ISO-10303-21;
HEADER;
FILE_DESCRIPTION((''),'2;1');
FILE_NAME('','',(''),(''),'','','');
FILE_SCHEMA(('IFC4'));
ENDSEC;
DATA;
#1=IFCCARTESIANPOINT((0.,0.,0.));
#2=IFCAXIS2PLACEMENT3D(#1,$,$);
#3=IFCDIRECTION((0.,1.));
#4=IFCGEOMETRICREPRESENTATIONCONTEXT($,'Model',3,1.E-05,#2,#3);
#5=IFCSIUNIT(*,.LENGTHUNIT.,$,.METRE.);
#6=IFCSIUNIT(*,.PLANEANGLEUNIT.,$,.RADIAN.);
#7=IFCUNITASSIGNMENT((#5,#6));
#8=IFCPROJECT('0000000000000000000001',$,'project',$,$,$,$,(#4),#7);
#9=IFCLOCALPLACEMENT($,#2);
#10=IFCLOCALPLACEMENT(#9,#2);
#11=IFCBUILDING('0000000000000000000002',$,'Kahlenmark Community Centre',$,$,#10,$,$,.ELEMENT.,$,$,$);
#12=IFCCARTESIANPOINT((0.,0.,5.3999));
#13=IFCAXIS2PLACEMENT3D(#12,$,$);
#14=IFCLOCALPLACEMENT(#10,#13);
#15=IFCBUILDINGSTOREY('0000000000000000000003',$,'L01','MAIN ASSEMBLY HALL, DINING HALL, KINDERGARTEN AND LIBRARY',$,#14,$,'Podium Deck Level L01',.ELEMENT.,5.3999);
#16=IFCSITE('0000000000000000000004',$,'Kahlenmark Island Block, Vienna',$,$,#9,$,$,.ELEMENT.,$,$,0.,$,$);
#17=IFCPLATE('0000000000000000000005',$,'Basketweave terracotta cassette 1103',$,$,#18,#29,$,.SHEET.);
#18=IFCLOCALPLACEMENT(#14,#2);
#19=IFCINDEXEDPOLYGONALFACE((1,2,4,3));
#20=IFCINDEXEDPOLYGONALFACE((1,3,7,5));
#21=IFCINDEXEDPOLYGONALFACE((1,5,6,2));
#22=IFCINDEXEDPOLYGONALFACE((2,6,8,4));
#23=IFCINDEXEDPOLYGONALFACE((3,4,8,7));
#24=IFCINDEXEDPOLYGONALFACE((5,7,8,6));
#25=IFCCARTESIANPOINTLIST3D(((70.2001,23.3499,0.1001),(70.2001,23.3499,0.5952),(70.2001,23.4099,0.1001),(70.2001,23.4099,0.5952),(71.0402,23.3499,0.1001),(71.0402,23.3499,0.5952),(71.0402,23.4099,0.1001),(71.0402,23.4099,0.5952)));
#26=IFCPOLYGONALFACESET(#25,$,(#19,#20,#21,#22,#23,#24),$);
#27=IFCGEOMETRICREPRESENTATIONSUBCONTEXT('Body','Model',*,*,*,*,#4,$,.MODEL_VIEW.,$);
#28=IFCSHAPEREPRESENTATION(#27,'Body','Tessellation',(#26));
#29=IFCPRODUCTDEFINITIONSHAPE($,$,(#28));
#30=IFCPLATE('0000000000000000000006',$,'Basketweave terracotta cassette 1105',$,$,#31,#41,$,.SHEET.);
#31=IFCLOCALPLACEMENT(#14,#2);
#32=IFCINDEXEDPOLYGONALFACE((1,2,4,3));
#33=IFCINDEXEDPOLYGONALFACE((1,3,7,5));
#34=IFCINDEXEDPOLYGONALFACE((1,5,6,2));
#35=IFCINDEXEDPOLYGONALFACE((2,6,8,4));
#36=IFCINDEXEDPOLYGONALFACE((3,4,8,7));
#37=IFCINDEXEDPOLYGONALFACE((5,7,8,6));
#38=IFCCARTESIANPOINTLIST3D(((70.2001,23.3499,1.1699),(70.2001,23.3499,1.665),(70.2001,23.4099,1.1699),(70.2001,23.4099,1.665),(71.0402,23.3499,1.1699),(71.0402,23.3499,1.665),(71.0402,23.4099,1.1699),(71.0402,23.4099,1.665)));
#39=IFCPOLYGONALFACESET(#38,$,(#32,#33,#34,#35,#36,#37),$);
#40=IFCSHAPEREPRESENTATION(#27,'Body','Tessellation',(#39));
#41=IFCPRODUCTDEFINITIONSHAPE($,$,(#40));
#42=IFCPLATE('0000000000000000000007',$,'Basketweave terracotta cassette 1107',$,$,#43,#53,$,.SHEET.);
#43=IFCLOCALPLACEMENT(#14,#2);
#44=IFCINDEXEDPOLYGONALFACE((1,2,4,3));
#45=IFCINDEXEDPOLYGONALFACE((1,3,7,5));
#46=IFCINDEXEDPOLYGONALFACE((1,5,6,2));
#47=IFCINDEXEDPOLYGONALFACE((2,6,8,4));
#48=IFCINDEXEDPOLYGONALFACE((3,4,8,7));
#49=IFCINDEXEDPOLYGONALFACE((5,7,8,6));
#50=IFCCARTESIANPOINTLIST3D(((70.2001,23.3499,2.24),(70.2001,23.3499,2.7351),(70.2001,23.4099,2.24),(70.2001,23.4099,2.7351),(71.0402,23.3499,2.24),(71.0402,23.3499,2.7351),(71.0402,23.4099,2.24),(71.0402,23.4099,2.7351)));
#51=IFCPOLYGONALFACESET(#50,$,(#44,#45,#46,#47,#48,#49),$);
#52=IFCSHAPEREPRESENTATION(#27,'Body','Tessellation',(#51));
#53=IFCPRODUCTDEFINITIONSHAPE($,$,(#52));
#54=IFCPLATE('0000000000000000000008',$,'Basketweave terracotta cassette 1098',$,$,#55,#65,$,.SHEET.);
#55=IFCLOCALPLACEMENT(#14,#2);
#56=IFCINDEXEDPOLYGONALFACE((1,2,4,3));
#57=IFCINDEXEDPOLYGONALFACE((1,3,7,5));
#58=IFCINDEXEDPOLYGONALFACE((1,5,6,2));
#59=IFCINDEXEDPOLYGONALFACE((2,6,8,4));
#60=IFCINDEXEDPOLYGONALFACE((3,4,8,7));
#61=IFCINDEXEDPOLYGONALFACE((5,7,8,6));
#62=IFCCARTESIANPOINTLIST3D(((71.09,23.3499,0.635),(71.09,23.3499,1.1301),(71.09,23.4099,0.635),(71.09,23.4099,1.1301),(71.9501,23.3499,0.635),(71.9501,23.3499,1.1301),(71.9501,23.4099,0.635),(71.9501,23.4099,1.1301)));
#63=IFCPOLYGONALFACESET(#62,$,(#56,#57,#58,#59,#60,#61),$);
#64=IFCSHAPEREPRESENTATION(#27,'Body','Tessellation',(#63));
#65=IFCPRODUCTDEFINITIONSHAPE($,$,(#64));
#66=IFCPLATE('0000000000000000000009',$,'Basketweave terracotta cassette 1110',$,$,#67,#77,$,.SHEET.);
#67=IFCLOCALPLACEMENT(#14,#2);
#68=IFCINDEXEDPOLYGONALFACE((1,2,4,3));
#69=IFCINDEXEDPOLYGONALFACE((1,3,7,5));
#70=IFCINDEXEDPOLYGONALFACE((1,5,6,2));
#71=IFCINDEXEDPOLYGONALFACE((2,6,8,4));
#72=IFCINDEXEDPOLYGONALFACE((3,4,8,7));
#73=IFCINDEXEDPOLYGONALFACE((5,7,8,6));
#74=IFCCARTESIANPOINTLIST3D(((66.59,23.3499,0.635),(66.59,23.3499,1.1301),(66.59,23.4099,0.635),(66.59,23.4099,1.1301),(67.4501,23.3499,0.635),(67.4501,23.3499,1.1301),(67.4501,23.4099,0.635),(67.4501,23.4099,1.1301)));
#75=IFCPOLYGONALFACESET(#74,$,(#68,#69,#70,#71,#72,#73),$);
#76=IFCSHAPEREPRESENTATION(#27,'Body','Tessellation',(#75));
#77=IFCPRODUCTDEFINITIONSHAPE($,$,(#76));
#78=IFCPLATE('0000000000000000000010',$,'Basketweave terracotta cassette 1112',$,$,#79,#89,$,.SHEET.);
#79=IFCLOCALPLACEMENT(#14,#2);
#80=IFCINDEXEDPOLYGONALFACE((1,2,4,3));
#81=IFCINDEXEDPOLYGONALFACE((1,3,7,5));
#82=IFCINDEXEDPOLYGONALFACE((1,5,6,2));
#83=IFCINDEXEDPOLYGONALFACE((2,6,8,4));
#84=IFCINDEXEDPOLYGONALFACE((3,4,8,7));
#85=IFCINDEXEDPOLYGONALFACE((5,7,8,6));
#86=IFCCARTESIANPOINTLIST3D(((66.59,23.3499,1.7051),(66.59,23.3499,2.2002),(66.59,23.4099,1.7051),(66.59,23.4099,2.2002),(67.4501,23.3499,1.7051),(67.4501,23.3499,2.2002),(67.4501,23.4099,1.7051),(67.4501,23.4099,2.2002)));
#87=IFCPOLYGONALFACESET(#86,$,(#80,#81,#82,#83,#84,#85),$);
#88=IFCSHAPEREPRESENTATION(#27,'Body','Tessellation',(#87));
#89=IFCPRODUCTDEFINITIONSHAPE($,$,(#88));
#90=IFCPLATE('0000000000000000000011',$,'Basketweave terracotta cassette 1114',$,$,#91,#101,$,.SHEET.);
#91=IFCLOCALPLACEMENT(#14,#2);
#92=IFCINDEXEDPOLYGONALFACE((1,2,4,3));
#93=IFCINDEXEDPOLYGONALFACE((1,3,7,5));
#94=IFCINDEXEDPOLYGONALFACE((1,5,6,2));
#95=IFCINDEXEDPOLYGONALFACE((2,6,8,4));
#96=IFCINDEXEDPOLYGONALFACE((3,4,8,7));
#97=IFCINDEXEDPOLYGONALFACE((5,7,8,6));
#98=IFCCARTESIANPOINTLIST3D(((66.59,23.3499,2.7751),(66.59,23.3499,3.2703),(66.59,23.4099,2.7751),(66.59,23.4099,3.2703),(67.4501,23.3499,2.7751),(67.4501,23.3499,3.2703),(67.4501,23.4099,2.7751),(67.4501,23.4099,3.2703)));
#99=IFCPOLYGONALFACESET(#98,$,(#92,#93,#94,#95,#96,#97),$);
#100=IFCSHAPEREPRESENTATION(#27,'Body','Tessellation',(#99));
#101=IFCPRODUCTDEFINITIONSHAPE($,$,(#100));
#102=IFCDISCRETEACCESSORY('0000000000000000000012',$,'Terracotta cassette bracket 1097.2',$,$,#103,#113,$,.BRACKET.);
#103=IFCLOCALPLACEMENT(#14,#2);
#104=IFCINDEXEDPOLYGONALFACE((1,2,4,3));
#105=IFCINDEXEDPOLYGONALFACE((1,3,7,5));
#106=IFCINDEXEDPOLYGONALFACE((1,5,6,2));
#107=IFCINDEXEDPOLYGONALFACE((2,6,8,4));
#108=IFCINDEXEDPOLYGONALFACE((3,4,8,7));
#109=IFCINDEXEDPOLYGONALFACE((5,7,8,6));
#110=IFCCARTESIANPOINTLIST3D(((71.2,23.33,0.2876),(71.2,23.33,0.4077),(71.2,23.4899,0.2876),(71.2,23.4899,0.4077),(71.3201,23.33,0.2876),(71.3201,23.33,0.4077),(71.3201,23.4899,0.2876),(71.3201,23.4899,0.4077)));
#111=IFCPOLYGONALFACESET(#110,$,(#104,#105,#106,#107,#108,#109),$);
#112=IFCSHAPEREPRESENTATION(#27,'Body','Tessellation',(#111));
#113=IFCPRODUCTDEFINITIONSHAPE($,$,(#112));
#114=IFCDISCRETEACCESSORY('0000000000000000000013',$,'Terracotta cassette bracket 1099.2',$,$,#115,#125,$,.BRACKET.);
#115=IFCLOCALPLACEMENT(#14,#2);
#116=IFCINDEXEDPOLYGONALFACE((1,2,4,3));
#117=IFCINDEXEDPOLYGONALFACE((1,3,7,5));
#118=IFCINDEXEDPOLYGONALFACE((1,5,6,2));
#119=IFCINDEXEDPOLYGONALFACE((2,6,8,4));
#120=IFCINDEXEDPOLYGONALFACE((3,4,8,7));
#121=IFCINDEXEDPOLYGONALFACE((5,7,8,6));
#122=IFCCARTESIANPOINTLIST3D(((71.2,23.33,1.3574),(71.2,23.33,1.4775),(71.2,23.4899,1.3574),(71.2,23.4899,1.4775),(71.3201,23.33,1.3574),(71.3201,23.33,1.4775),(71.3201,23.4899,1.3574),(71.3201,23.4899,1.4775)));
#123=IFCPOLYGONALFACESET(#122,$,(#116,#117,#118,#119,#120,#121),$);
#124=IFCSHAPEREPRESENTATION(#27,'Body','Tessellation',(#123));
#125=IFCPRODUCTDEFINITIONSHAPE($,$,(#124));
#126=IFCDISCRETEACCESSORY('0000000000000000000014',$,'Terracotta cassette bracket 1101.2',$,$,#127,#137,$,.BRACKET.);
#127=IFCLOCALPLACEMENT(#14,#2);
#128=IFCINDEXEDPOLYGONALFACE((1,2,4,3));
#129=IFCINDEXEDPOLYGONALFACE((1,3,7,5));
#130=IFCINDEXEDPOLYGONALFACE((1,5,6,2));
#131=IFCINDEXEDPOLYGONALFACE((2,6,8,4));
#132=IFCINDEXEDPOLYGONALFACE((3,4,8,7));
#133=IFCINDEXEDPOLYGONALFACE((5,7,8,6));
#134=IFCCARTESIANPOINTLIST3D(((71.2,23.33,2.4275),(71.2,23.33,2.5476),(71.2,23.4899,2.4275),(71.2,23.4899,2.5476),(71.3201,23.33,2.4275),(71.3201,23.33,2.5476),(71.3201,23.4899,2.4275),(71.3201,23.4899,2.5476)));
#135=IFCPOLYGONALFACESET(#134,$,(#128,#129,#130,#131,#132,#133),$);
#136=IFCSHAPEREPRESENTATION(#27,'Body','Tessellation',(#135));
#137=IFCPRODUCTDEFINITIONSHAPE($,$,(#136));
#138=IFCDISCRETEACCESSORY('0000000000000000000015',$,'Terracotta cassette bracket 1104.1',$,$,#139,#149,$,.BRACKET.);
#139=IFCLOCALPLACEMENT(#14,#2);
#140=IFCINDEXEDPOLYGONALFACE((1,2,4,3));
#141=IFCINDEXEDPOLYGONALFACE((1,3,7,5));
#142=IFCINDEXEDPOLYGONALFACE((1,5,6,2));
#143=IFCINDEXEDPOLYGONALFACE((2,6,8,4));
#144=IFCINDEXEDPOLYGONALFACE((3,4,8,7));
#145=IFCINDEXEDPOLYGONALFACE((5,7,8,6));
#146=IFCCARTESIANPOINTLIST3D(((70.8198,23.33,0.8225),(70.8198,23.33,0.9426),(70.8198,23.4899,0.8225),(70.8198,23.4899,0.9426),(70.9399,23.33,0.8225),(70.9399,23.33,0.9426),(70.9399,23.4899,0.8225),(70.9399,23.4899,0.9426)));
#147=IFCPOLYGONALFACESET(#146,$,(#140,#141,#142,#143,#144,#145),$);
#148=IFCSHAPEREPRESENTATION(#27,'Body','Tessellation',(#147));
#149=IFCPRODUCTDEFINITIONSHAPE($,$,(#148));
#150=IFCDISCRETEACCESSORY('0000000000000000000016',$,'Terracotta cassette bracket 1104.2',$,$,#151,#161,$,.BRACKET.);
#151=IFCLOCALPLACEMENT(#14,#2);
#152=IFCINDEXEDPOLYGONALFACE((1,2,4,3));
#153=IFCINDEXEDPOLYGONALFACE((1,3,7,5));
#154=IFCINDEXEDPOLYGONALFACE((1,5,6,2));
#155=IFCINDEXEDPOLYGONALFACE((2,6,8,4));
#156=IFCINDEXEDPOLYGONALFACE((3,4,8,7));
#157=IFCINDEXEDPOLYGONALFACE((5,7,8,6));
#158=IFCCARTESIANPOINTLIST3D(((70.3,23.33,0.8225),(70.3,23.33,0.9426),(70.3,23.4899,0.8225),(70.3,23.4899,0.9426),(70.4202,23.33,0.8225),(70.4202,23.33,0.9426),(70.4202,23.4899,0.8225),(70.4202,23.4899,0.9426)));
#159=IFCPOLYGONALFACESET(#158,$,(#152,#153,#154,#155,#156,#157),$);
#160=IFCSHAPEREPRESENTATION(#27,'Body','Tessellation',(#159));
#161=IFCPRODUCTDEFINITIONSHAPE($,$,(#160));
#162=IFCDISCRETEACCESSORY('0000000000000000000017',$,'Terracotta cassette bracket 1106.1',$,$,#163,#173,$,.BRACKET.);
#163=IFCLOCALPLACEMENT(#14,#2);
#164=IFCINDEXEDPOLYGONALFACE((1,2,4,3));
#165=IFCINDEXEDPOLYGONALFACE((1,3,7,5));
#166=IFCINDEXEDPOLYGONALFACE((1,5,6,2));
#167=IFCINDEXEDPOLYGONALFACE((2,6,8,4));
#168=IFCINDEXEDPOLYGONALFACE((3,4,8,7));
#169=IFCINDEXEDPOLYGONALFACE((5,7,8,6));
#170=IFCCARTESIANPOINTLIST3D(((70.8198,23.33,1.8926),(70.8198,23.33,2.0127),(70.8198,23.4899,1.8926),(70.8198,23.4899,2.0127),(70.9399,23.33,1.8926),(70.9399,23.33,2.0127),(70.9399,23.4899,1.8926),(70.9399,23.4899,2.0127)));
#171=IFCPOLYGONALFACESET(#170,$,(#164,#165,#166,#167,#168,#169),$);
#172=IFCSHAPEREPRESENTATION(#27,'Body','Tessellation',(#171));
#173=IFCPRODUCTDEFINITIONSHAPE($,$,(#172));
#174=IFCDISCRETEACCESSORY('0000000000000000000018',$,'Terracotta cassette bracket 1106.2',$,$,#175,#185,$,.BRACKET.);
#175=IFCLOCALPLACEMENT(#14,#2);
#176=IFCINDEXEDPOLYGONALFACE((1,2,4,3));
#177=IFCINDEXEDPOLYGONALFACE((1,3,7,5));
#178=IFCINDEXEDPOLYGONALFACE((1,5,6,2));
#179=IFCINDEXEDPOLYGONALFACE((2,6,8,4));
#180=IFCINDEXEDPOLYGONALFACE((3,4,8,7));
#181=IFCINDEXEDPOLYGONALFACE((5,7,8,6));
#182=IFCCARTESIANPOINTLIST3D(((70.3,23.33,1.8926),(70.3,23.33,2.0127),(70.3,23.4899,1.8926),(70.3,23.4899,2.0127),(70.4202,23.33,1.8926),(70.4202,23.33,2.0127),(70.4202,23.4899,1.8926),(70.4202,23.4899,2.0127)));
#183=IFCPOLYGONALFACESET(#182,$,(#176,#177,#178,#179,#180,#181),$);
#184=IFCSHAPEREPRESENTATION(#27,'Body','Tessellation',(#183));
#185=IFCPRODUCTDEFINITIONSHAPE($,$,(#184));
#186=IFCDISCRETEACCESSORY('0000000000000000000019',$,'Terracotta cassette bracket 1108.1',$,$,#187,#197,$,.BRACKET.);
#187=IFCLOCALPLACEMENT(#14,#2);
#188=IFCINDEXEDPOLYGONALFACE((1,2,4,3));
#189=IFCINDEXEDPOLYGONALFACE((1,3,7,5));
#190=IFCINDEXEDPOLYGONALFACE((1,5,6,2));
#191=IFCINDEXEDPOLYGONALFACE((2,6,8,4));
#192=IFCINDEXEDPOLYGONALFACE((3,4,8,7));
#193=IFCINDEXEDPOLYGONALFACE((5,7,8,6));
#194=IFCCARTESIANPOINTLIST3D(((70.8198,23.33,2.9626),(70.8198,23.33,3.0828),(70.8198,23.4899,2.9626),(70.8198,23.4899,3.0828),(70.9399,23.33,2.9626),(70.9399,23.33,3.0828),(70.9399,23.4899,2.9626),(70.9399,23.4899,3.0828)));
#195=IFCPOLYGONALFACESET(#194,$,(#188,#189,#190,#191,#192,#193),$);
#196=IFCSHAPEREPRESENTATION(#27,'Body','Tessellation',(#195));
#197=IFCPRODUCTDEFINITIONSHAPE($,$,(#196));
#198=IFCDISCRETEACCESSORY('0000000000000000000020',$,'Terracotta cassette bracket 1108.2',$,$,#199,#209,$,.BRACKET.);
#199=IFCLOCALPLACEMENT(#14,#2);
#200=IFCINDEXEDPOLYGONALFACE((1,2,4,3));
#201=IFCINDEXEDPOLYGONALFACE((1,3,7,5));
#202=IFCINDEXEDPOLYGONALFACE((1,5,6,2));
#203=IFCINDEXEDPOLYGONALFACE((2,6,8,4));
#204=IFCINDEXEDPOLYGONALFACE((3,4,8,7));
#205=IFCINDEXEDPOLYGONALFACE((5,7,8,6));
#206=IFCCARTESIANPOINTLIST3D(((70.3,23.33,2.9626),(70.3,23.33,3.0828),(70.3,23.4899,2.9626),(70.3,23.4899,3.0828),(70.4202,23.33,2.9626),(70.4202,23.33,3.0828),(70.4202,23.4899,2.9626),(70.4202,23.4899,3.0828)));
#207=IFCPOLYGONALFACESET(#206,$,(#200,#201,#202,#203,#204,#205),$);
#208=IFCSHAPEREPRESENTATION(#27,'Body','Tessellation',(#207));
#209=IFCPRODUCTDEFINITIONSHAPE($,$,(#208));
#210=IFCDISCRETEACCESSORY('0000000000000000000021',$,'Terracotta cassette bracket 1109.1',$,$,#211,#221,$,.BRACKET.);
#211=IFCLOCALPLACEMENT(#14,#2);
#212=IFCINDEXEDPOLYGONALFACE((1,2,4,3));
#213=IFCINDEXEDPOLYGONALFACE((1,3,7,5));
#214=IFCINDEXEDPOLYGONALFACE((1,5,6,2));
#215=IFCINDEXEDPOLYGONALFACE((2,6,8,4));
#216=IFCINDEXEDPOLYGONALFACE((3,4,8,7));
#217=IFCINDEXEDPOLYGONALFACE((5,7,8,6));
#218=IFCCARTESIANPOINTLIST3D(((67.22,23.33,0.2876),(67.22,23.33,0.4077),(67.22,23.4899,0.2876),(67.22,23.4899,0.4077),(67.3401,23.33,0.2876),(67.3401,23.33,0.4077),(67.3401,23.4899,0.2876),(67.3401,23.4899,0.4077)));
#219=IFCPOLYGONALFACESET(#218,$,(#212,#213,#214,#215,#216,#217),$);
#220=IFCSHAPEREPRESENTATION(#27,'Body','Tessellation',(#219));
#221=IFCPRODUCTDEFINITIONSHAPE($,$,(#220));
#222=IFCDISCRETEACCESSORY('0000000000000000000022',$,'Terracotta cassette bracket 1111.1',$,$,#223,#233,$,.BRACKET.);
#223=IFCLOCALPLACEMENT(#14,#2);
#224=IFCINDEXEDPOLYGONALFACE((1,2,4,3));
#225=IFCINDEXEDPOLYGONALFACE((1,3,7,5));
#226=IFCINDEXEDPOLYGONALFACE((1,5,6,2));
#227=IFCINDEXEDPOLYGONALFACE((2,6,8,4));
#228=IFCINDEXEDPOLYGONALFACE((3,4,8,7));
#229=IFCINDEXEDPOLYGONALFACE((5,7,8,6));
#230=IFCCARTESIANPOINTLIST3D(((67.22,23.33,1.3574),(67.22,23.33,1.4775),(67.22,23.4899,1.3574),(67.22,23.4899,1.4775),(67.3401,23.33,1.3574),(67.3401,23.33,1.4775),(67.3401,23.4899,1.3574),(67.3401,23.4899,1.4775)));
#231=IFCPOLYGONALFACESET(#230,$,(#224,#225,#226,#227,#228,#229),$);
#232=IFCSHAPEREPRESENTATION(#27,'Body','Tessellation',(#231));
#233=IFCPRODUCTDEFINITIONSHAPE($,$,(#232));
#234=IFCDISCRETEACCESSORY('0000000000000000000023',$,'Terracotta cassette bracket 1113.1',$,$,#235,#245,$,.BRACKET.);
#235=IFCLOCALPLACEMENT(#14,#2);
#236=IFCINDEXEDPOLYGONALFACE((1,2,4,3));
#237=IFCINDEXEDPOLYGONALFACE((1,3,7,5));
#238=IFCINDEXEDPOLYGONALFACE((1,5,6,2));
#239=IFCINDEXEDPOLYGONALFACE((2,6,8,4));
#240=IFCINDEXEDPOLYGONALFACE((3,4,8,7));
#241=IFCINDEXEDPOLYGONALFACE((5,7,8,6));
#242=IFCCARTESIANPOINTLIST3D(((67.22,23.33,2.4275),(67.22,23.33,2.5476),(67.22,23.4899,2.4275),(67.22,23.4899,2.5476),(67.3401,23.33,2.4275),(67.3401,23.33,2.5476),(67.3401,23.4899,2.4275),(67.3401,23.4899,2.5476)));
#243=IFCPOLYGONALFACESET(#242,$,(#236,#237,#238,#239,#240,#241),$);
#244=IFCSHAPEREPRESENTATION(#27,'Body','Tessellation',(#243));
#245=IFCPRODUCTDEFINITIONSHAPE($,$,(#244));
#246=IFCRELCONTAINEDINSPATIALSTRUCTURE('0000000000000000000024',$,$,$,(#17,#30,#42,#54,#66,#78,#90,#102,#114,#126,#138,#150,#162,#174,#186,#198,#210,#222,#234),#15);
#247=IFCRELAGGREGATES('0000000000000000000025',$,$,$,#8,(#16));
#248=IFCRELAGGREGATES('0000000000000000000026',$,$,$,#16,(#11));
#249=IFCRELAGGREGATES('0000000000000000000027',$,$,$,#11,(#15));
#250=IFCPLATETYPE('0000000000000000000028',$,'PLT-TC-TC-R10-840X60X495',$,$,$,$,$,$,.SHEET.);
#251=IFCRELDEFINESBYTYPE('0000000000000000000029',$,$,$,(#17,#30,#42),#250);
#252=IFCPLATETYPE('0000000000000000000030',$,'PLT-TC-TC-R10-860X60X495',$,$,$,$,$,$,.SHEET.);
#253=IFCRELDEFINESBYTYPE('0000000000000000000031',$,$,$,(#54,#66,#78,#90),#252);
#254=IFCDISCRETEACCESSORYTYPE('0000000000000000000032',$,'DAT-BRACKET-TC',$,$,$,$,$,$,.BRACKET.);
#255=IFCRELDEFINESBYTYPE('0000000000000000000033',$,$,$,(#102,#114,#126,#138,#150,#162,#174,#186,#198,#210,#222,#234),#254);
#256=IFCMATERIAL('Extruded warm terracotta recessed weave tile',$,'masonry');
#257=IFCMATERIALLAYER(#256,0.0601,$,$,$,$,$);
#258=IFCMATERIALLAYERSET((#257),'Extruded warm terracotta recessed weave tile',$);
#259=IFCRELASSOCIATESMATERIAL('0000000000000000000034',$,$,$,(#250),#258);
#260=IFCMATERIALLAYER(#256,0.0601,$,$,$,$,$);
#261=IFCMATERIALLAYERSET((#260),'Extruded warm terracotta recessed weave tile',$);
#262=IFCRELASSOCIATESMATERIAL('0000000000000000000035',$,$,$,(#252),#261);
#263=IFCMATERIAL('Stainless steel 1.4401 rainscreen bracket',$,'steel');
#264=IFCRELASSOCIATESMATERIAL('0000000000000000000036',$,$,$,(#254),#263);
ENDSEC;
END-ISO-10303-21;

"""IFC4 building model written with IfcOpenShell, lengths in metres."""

from ifc_helpers import new_model, si_unit, direction, frame, origin, origin_2d, place, context, subcontext, project, spatial, rectangle, extrude, material, layer, layer_set, type_object, element, save


model = new_model("IFC4")

# Units and contexts
model_context = context("Model", 3, precision=1e-05, world=origin(), true_north=direction((0.0, 1.0)))
body_context = subcontext(model_context, "Body", "Model", "MODEL_VIEW")
ifc_project = project(units=[si_unit("LENGTHUNIT", "METRE"), si_unit("PLANEANGLEUNIT", "RADIAN")], contexts=[model_context])

# Site, building, storey
site_placement = place(None, origin())
site = spatial("IfcSite", under=ifc_project, at=site_placement, Name="Kahlenmark Island Block, Vienna", CompositionType="ELEMENT", RefElevation=0.0)
building_placement = place(site_placement, origin())
building = spatial("IfcBuilding", under=site, at=building_placement, Name="Kahlenmark Community Centre", CompositionType="ELEMENT")
storey_placement = place(building_placement, frame((0.0, 0.0, 5.3999)))
storey = spatial("IfcBuildingStorey", under=building, at=storey_placement, Name="L01", Description="MAIN ASSEMBLY HALL, DINING HALL, KINDERGARTEN AND LIBRARY", LongName="Podium Deck Level L01", CompositionType="ELEMENT", Elevation=5.3999)

# Plates
ifc_material_1 = material(Name="Extruded warm terracotta recessed weave tile", Category="masonry")
ifc_layer_1 = layer(ifc_material_1, 0.0601)
ifc_layer_set_1 = layer_set([ifc_layer_1], Name="Extruded warm terracotta recessed weave tile")
plate_type_1 = type_object("IfcPlateType", Name="PLT-TC-TC-R10-840X60X495", PredefinedType="SHEET", material=ifc_layer_set_1)
for number, where, z_axis, x_axis, name in (
    (1, (70.6201, 23.3799, 0.1001), (0.0, 0.0, 1.0), (-1.0, 0.0, 0.0), "Basketweave terracotta cassette 1103"),
    (2, (70.6201, 23.3799, 1.1699), (0.0, 0.0, 1.0), (-1.0, 0.0, 0.0), "Basketweave terracotta cassette 1105"),
    (3, (70.6201, 23.3799, 2.24), (0.0, 0.0, 1.0), (-1.0, 0.0, 0.0), "Basketweave terracotta cassette 1107"),
):
    element("IfcPlate", number, at=place(storey_placement, frame(where, z_axis=z_axis, x_axis=x_axis)), inside=storey, type_object=plate_type_1, Name=name, PredefinedType="SHEET", context=body_context, shape_type="SweptSolid", body=[
        extrude(rectangle(XDim=0.8401, YDim=0.0601, at=origin_2d()), origin(), (0.0, 0.0, 1.0), 0.4951),
    ])
ifc_layer_2 = layer(ifc_material_1, 0.0601)
ifc_layer_set_2 = layer_set([ifc_layer_2], Name="Extruded warm terracotta recessed weave tile")
plate_type_2 = type_object("IfcPlateType", Name="PLT-TC-TC-R10-860X60X495", PredefinedType="SHEET", material=ifc_layer_set_2)
for number, where, z_axis, x_axis, name in (
    (4, (71.52, 23.3799, 0.635), (0.0, 0.0, 1.0), (-1.0, 0.0, 0.0), "Basketweave terracotta cassette 1098"),
    (5, (67.02, 23.3799, 0.635), (0.0, 0.0, 1.0), (-1.0, 0.0, 0.0), "Basketweave terracotta cassette 1110"),
    (6, (67.02, 23.3799, 1.7051), (0.0, 0.0, 1.0), (-1.0, 0.0, 0.0), "Basketweave terracotta cassette 1112"),
    (7, (67.02, 23.3799, 2.7751), (0.0, 0.0, 1.0), (-1.0, 0.0, 0.0), "Basketweave terracotta cassette 1114"),
):
    element("IfcPlate", number, at=place(storey_placement, frame(where, z_axis=z_axis, x_axis=x_axis)), inside=storey, type_object=plate_type_2, Name=name, PredefinedType="SHEET", context=body_context, shape_type="SweptSolid", body=[
        extrude(rectangle(XDim=0.8601, YDim=0.0601, at=origin_2d()), origin(), (0.0, 0.0, 1.0), 0.4951),
    ])

# Discrete accessories
ifc_material_2 = material(Name="Stainless steel 1.4401 rainscreen bracket", Category="steel")
discrete_accessory_type = type_object("IfcDiscreteAccessoryType", Name="DAT-BRACKET-TC", PredefinedType="BRACKET", material=ifc_material_2)
for number, where, z_axis, x_axis, name in (
    (8, (71.26, 23.4099, 0.2876), (0.0, 0.0, 1.0), (-1.0, 0.0, 0.0), "Terracotta cassette bracket 1097.2"),
    (9, (71.26, 23.4099, 1.3574), (0.0, 0.0, 1.0), (-1.0, 0.0, 0.0), "Terracotta cassette bracket 1099.2"),
    (10, (71.26, 23.4099, 2.4275), (0.0, 0.0, 1.0), (-1.0, 0.0, 0.0), "Terracotta cassette bracket 1101.2"),
    (11, (70.8799, 23.4099, 0.8225), (0.0, 0.0, 1.0), (-1.0, 0.0, 0.0), "Terracotta cassette bracket 1104.1"),
    (12, (70.3601, 23.4099, 0.8225), (0.0, 0.0, 1.0), (-1.0, 0.0, 0.0), "Terracotta cassette bracket 1104.2"),
    (13, (70.8799, 23.4099, 1.8926), (0.0, 0.0, 1.0), (-1.0, 0.0, 0.0), "Terracotta cassette bracket 1106.1"),
    (14, (70.3601, 23.4099, 1.8926), (0.0, 0.0, 1.0), (-1.0, 0.0, 0.0), "Terracotta cassette bracket 1106.2"),
    (15, (70.8799, 23.4099, 2.9626), (0.0, 0.0, 1.0), (-1.0, 0.0, 0.0), "Terracotta cassette bracket 1108.1"),
    (16, (70.3601, 23.4099, 2.9626), (0.0, 0.0, 1.0), (-1.0, 0.0, 0.0), "Terracotta cassette bracket 1108.2"),
    (17, (67.28, 23.4099, 0.2876), (0.0, 0.0, 1.0), (-1.0, 0.0, 0.0), "Terracotta cassette bracket 1109.1"),
    (18, (67.28, 23.4099, 1.3574), (0.0, 0.0, 1.0), (-1.0, 0.0, 0.0), "Terracotta cassette bracket 1111.1"),
    (19, (67.28, 23.4099, 2.4275), (0.0, 0.0, 1.0), (-1.0, 0.0, 0.0), "Terracotta cassette bracket 1113.1"),
):
    element("IfcDiscreteAccessory", number, at=place(storey_placement, frame(where, z_axis=z_axis, x_axis=x_axis)), inside=storey, type_object=discrete_accessory_type, Name=name, PredefinedType="BRACKET", context=body_context, shape_type="SweptSolid", body=[
        extrude(rectangle(XDim=0.1201, YDim=0.1599, at=origin_2d()), origin(), (0.0, 0.0, 1.0), 0.1201),
    ])

save(model, "model.ifc")
